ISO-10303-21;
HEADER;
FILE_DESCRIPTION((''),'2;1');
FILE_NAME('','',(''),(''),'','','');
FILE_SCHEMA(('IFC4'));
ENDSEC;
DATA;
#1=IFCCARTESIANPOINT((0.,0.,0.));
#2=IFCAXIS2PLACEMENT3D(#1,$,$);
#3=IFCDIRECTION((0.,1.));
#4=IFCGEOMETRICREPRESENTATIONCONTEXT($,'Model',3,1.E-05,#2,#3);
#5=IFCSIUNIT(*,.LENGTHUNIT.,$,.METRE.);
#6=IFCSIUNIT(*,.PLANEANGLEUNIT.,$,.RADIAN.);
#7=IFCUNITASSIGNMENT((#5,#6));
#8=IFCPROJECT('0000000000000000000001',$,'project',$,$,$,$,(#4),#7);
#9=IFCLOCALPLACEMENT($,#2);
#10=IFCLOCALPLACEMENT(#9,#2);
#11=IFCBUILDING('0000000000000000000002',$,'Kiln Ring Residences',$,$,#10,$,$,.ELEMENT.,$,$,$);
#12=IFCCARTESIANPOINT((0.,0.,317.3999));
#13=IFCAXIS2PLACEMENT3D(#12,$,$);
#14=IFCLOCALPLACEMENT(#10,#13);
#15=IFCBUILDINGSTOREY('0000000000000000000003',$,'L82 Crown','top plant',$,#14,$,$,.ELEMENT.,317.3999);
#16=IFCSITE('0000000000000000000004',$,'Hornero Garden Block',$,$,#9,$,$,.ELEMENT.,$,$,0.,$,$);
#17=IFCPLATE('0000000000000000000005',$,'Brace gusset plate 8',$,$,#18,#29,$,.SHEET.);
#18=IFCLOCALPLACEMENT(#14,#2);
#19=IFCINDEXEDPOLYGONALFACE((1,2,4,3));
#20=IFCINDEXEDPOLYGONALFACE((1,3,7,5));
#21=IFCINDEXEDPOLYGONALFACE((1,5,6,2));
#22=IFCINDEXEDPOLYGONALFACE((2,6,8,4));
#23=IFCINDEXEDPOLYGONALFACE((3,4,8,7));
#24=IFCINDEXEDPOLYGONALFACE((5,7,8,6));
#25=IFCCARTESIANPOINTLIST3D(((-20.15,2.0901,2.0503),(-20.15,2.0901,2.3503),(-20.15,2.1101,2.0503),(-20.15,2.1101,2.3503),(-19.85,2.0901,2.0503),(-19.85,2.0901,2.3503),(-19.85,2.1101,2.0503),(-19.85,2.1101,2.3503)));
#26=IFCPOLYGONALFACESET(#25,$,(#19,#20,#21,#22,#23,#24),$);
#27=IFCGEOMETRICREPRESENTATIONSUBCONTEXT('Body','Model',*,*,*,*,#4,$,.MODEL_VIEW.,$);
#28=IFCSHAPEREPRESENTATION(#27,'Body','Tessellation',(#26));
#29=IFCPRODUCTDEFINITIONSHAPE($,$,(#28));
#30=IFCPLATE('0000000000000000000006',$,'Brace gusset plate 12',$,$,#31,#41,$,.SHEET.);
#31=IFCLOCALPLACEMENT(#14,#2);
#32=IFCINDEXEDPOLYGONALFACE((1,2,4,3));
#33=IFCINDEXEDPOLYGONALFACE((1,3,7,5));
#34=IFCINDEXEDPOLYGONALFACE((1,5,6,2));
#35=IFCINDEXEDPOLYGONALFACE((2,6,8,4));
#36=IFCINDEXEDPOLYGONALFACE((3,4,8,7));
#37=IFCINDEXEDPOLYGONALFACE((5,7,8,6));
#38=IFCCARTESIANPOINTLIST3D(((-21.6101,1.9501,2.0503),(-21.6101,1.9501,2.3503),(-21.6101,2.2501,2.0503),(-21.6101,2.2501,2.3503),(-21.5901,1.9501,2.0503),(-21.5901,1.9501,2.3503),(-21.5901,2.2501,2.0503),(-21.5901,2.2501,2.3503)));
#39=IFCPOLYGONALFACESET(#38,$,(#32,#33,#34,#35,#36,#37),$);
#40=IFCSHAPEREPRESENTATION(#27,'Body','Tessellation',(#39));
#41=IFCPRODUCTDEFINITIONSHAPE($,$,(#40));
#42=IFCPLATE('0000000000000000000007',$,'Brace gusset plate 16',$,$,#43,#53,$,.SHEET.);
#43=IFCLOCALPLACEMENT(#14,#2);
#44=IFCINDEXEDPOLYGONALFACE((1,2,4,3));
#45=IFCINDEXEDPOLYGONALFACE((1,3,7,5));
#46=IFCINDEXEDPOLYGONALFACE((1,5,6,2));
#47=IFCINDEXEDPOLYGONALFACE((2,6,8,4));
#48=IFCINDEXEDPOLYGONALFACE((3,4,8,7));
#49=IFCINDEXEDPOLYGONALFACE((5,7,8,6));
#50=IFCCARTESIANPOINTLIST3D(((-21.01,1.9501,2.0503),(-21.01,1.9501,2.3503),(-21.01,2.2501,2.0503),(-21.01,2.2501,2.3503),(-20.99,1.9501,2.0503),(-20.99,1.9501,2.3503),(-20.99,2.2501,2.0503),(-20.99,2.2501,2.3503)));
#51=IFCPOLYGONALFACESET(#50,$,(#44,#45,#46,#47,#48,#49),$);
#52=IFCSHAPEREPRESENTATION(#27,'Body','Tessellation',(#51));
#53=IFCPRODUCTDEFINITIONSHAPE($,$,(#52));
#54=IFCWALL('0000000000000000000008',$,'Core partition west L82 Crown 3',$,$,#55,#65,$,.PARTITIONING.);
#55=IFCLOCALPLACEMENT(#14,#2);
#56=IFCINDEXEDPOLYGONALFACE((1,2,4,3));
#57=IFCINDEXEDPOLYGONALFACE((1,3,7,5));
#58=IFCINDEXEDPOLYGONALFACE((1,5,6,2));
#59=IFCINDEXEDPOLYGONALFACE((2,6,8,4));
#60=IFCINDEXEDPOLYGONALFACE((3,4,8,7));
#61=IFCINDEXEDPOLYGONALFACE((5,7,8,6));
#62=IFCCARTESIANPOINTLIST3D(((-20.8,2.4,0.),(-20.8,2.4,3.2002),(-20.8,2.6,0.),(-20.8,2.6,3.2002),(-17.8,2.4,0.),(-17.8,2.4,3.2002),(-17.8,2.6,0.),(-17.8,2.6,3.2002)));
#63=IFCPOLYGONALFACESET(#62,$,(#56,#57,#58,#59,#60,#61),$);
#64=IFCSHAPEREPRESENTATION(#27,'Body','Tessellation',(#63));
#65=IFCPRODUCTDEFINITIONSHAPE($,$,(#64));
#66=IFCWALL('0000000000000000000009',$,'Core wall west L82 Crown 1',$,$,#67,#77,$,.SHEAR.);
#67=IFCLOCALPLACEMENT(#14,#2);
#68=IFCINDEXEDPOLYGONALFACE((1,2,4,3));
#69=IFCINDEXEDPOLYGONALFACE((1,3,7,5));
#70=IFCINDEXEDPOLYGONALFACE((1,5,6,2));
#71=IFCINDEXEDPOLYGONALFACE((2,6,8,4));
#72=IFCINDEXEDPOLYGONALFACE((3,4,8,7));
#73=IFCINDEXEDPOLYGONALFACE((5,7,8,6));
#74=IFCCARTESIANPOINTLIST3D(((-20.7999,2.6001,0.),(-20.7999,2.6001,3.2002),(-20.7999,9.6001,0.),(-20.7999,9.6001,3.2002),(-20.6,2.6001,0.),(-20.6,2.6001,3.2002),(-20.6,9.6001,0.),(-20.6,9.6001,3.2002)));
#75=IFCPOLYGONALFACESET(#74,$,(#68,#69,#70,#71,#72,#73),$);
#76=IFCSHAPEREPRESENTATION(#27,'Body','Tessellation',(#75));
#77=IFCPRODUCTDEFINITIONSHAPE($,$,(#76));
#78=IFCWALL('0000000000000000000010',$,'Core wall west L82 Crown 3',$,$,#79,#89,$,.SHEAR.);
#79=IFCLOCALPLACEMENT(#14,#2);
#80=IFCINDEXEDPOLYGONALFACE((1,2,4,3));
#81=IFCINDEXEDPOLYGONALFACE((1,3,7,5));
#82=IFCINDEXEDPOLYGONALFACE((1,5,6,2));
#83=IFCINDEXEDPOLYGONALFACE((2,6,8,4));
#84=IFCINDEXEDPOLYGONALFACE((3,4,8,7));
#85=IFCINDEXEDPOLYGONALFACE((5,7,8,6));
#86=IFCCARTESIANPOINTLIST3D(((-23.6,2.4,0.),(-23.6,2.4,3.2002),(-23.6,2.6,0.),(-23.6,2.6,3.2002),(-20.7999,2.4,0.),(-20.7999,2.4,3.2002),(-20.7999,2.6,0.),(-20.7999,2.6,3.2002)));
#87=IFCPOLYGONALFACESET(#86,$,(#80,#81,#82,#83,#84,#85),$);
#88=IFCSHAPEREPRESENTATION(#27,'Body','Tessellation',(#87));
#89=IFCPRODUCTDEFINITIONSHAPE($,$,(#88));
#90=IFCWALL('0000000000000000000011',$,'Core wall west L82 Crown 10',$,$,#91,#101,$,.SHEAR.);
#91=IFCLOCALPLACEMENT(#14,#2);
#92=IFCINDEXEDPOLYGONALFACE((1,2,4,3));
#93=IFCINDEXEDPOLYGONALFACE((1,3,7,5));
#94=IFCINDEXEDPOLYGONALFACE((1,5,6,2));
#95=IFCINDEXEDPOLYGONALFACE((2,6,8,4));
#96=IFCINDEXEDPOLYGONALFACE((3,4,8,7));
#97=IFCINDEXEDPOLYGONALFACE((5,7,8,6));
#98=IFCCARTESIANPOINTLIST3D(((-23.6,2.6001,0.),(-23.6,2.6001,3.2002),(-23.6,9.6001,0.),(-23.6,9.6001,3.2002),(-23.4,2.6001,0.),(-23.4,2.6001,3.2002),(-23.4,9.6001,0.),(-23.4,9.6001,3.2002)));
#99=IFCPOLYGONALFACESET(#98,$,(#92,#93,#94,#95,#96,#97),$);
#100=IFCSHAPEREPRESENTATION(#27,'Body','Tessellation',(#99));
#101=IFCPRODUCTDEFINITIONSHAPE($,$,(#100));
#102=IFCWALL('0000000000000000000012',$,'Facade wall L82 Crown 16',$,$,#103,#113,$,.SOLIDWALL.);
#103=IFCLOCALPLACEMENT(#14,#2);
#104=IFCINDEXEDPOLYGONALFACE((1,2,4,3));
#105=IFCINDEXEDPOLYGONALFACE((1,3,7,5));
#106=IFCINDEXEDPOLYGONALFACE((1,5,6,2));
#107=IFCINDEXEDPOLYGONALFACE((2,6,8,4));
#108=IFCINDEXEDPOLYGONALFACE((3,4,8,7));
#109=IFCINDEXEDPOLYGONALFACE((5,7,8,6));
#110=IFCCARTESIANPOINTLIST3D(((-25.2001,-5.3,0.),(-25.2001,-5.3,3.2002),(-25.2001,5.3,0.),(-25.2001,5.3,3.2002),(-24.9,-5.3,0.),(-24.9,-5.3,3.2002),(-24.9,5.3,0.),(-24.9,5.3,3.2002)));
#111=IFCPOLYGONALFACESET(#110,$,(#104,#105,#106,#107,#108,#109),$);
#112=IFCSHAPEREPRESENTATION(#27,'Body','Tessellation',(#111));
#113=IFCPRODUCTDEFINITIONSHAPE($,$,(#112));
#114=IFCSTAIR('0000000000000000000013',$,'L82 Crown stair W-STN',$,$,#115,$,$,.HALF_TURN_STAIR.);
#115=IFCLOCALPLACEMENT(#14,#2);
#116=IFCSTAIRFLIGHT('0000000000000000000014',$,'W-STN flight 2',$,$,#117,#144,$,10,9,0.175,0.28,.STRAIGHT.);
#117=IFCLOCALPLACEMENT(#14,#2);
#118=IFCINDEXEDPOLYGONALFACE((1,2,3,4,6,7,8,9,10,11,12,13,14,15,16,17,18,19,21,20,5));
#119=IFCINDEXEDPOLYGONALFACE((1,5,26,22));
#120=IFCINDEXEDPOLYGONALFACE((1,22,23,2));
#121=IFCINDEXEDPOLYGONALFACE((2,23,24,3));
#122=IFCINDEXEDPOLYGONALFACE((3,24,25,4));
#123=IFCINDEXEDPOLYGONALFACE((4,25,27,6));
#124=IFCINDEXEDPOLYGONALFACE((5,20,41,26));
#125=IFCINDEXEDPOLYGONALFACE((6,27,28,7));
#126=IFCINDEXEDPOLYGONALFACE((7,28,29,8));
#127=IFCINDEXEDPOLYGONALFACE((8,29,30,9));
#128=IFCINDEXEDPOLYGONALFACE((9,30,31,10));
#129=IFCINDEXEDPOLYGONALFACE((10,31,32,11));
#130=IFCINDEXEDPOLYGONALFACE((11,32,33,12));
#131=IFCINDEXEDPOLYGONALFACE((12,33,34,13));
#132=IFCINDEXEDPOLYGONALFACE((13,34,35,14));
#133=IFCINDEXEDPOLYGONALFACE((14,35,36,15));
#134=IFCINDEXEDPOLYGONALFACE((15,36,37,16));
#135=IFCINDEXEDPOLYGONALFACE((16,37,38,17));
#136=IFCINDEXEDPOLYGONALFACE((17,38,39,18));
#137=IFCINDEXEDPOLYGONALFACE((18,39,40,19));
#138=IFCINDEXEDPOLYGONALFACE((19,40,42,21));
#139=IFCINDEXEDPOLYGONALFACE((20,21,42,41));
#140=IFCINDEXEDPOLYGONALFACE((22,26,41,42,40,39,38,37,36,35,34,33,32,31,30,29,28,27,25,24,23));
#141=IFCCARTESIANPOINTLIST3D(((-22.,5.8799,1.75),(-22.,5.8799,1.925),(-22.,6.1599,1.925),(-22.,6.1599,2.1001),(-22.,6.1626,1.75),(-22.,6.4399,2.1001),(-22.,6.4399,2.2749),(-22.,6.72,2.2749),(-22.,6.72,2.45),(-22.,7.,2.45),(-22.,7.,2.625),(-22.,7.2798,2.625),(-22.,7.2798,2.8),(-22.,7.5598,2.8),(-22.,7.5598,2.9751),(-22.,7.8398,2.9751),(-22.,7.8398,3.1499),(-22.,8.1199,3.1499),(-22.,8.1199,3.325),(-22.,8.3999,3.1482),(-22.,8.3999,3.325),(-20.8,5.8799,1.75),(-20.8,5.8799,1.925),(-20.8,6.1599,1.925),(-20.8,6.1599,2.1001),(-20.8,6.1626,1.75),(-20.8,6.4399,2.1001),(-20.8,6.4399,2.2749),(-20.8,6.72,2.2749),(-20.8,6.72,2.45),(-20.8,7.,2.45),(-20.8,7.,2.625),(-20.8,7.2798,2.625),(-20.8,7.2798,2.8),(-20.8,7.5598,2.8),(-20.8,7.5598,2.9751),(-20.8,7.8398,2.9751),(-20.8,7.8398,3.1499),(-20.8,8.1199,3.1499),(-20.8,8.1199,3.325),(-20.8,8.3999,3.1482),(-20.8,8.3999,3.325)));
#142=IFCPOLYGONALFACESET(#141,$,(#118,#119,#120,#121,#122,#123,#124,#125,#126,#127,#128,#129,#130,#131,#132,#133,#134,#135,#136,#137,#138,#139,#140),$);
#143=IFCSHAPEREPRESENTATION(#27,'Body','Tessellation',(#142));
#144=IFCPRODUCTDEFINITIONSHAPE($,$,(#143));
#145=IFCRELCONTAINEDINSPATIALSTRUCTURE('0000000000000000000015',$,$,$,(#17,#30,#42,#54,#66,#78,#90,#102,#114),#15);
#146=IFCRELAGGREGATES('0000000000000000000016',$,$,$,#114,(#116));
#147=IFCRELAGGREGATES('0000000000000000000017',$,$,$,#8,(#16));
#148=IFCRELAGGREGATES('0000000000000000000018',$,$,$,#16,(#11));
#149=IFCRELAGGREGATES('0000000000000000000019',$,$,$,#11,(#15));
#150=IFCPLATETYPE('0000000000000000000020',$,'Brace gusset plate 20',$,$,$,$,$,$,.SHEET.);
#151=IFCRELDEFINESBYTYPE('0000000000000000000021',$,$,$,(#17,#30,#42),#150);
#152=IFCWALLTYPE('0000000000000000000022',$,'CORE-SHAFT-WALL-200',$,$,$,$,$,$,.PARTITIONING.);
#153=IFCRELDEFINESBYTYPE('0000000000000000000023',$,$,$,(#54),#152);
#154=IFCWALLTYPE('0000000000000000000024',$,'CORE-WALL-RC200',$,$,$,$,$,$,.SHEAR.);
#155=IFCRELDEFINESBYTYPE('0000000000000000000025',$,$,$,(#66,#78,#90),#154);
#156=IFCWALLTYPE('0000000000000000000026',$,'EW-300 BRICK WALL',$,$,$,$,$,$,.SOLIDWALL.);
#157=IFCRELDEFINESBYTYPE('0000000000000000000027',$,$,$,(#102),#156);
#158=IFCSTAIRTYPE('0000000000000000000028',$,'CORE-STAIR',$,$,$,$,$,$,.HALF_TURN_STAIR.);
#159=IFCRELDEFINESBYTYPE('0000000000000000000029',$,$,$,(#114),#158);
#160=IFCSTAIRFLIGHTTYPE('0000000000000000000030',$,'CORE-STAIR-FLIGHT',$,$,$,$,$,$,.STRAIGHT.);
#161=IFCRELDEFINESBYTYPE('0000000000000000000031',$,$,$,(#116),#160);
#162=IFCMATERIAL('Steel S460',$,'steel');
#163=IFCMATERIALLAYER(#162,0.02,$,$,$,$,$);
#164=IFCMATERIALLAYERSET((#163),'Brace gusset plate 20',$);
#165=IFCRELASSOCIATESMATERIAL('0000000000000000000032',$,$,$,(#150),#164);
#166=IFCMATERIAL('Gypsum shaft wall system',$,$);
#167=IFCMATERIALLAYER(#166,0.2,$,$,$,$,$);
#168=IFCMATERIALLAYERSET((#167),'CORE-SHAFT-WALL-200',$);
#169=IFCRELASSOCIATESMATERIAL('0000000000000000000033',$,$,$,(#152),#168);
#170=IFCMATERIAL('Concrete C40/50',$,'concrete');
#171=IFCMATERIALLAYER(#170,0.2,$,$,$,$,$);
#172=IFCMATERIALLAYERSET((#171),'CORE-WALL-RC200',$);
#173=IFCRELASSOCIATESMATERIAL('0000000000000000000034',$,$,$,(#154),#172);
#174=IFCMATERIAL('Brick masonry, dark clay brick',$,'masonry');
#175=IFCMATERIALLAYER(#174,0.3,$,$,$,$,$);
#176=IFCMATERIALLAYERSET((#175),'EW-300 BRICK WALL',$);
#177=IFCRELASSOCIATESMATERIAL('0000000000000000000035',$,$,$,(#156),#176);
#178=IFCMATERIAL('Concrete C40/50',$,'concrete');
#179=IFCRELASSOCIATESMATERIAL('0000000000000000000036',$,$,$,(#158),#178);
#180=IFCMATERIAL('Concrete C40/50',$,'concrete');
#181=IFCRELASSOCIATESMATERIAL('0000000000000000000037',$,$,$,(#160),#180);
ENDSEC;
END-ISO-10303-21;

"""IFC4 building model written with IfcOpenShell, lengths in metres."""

from ifc_helpers import new_model, si_unit, direction, frame, frame_2d, origin, origin_2d, place, context, subcontext, project, spatial, polyline, rectangle, outline, extrude, material, layer, layer_set, type_object, element, aggregate, save


model = new_model("IFC4")

# Units and contexts
model_context = context("Model", 3, precision=1e-05, world=origin(), true_north=direction((0.0, 1.0)))
body_context = subcontext(model_context, "Body", "Model", "MODEL_VIEW")
ifc_project = project(units=[si_unit("LENGTHUNIT", "METRE"), si_unit("PLANEANGLEUNIT", "RADIAN")], contexts=[model_context])

# Site, building, storey
site_placement = place(None, origin())
site = spatial("IfcSite", under=ifc_project, at=site_placement, Name="Hornero Garden Block", CompositionType="ELEMENT", RefElevation=0.0)
building_placement = place(site_placement, origin())
building = spatial("IfcBuilding", under=site, at=building_placement, Name="Kiln Ring Residences", CompositionType="ELEMENT")
storey_placement = place(building_placement, frame((0.0, 0.0, 317.3999)))
storey = spatial("IfcBuildingStorey", under=building, at=storey_placement, Name="L82 Crown", Description="top plant", CompositionType="ELEMENT", Elevation=317.3999)

# Plates
ifc_material_1 = material(Name="Steel S460", Category="steel")
ifc_layer_1 = layer(ifc_material_1, 0.02)
ifc_layer_set_1 = layer_set([ifc_layer_1], Name="Brace gusset plate 20")
plate_type = type_object("IfcPlateType", Name="Brace gusset plate 20", PredefinedType="SHEET", material=ifc_layer_set_1)
for number, where, z_axis, x_axis, name in (
    (1, (-20.0, 2.1001, 2.0503), (0.0, 0.0, 1.0), (1.0, 0.0, 0.0), "Brace gusset plate 8"),
):
    element("IfcPlate", number, at=place(storey_placement, frame(where, z_axis=z_axis, x_axis=x_axis)), inside=storey, type_object=plate_type, Name=name, PredefinedType="SHEET", context=body_context, shape_type="SweptSolid", body=[
        extrude(rectangle(XDim=0.3, YDim=0.02, at=origin_2d()), origin(), (0.0, 0.0, 1.0), 0.3),
    ])
for number, where, z_axis, x_axis, name in (
    (2, (-21.6001, 2.1001, 2.0503), (0.0, 0.0, 1.0), (1.0, 0.0, 0.0), "Brace gusset plate 12"),
    (3, (-21.0, 2.1001, 2.0503), (0.0, 0.0, 1.0), (1.0, 0.0, 0.0), "Brace gusset plate 16"),
):
    element("IfcPlate", number, at=place(storey_placement, frame(where, z_axis=z_axis, x_axis=x_axis)), inside=storey, type_object=plate_type, Name=name, PredefinedType="SHEET", context=body_context, shape_type="SweptSolid", body=[
        extrude(rectangle(XDim=0.02, YDim=0.3, at=origin_2d()), origin(), (0.0, 0.0, 1.0), 0.3),
    ])

# Walls
ifc_material_2 = material(Name="Gypsum shaft wall system")
ifc_layer_2 = layer(ifc_material_2, 0.2)
ifc_layer_set_2 = layer_set([ifc_layer_2], Name="CORE-SHAFT-WALL-200")
wall_type_1 = type_object("IfcWallType", Name="CORE-SHAFT-WALL-200", PredefinedType="PARTITIONING", material=ifc_layer_set_2)
wall_1_placement = place(storey_placement, frame((-17.8, 2.5, 0.0), z_axis=(0.0, 0.0, 1.0), x_axis=(-1.0, 0.0, 0.0)))
element("IfcWall", 4, at=wall_1_placement, inside=storey, type_object=wall_type_1, Name="Core partition west L82 Crown 3", PredefinedType="PARTITIONING", context=body_context, shape_type="SweptSolid", body=[
    extrude(rectangle(XDim=3.0, YDim=0.2, at=frame_2d((1.5, 0.0))), origin(), (0.0, 0.0, 1.0), 3.2002),
])
ifc_material_3 = material(Name="Concrete C40/50", Category="concrete")
ifc_layer_3 = layer(ifc_material_3, 0.2)
ifc_layer_set_3 = layer_set([ifc_layer_3], Name="CORE-WALL-RC200")
wall_type_2 = type_object("IfcWallType", Name="CORE-WALL-RC200", PredefinedType="SHEAR", material=ifc_layer_set_3)
wall_2_placement = place(storey_placement, frame((-20.7, 2.6001, 0.0), z_axis=(0.0, 0.0, 1.0), x_axis=(0.0, 1.0, 0.0)))
element("IfcWall", 5, at=wall_2_placement, inside=storey, type_object=wall_type_2, Name="Core wall west L82 Crown 1", PredefinedType="SHEAR", context=body_context, shape_type="SweptSolid", body=[
    extrude(rectangle(XDim=7.0, YDim=0.2, at=frame_2d((3.5, 0.0))), origin(), (0.0, 0.0, 1.0), 3.2002),
])
wall_3_placement = place(storey_placement, frame((-20.8, 2.5, 0.0), z_axis=(0.0, 0.0, 1.0), x_axis=(-1.0, 0.0, 0.0)))
element("IfcWall", 6, at=wall_3_placement, inside=storey, type_object=wall_type_2, Name="Core wall west L82 Crown 3", PredefinedType="SHEAR", context=body_context, shape_type="SweptSolid", body=[
    extrude(rectangle(XDim=2.8, YDim=0.2, at=frame_2d((1.3999, 0.0))), origin(), (0.0, 0.0, 1.0), 3.2002),
])
wall_4_placement = place(storey_placement, frame((-23.5, 2.6001, 0.0), z_axis=(0.0, 0.0, 1.0), x_axis=(0.0, 1.0, 0.0)))
element("IfcWall", 7, at=wall_4_placement, inside=storey, type_object=wall_type_2, Name="Core wall west L82 Crown 10", PredefinedType="SHEAR", context=body_context, shape_type="SweptSolid", body=[
    extrude(rectangle(XDim=7.0, YDim=0.2, at=frame_2d((3.5, 0.0))), origin(), (0.0, 0.0, 1.0), 3.2002),
])
ifc_material_4 = material(Name="Brick masonry, dark clay brick", Category="masonry")
ifc_layer_4 = layer(ifc_material_4, 0.3)
ifc_layer_set_4 = layer_set([ifc_layer_4], Name="EW-300 BRICK WALL")
wall_type_3 = type_object("IfcWallType", Name="EW-300 BRICK WALL", PredefinedType="SOLIDWALL", material=ifc_layer_set_4)
wall_5_placement = place(storey_placement, frame((-25.05, 5.3, 0.0), z_axis=(0.0, 0.0, 1.0), x_axis=(0.0, -1.0, 0.0)))
element("IfcWall", 8, at=wall_5_placement, inside=storey, type_object=wall_type_3, Name="Facade wall L82 Crown 16", PredefinedType="SOLIDWALL", context=body_context, shape_type="SweptSolid", body=[
    extrude(rectangle(XDim=10.6001, YDim=0.3, at=frame_2d((5.3, 0.0))), origin(), (0.0, 0.0, 1.0), 3.2002),
])

# Stair, stair flight
ifc_material_5 = material(Name="Concrete C40/50", Category="concrete")
stair_type = type_object("IfcStairType", Name="CORE-STAIR", PredefinedType="HALF_TURN_STAIR", material=ifc_material_5)
stair_placement = place(storey_placement, origin())
stair = element("IfcStair", 9, at=stair_placement, inside=storey, type_object=stair_type, Name="L82 Crown stair W-STN", PredefinedType="HALF_TURN_STAIR")
ifc_material_6 = material(Name="Concrete C40/50", Category="concrete")
stair_flight_type = type_object("IfcStairFlightType", Name="CORE-STAIR-FLIGHT", PredefinedType="STRAIGHT", material=ifc_material_6)
stair_flight_placement = place(storey_placement, frame((-21.3999, 5.8799, 1.75), z_axis=(0.0, 0.0, 1.0), x_axis=(0.0, 1.0, 0.0)))
stair_flight = element("IfcStairFlight", 10, at=stair_flight_placement, type_object=stair_flight_type, Name="W-STN flight 2", NumberOfRisers=10, NumberOfTreads=9, PredefinedType="STRAIGHT", RiserHeight=0.175, TreadLength=0.28, context=body_context, shape_type="SweptSolid", body=[
    extrude(outline(polyline([(0.0, 0.0), (0.0, 0.175), (0.28, 0.175), (0.28, 0.3501), (0.5601, 0.3501), (0.5601, 0.5249), (0.8401, 0.5249), (0.8401, 0.7), (1.1201, 0.7), (1.1201, 0.875), (1.3999, 0.875), (1.3999, 1.05), (1.6799, 1.05), (1.6799, 1.2251), (1.96, 1.2251), (1.96, 1.3999), (2.24, 1.3999), (2.24, 1.575), (2.52, 1.575), (2.52, 1.75), (2.52, 1.3982), (0.2827, 0.0), (0.0, 0.0)])), frame((0.0, 0.6001, 0.0), z_axis=(0.0, -1.0, 0.0), x_axis=(1.0, 0.0, 0.0)), (0.0, 0.0, 1.0), 1.2),
])
aggregate(stair, [stair_flight])

save(model, "model.ifc")
